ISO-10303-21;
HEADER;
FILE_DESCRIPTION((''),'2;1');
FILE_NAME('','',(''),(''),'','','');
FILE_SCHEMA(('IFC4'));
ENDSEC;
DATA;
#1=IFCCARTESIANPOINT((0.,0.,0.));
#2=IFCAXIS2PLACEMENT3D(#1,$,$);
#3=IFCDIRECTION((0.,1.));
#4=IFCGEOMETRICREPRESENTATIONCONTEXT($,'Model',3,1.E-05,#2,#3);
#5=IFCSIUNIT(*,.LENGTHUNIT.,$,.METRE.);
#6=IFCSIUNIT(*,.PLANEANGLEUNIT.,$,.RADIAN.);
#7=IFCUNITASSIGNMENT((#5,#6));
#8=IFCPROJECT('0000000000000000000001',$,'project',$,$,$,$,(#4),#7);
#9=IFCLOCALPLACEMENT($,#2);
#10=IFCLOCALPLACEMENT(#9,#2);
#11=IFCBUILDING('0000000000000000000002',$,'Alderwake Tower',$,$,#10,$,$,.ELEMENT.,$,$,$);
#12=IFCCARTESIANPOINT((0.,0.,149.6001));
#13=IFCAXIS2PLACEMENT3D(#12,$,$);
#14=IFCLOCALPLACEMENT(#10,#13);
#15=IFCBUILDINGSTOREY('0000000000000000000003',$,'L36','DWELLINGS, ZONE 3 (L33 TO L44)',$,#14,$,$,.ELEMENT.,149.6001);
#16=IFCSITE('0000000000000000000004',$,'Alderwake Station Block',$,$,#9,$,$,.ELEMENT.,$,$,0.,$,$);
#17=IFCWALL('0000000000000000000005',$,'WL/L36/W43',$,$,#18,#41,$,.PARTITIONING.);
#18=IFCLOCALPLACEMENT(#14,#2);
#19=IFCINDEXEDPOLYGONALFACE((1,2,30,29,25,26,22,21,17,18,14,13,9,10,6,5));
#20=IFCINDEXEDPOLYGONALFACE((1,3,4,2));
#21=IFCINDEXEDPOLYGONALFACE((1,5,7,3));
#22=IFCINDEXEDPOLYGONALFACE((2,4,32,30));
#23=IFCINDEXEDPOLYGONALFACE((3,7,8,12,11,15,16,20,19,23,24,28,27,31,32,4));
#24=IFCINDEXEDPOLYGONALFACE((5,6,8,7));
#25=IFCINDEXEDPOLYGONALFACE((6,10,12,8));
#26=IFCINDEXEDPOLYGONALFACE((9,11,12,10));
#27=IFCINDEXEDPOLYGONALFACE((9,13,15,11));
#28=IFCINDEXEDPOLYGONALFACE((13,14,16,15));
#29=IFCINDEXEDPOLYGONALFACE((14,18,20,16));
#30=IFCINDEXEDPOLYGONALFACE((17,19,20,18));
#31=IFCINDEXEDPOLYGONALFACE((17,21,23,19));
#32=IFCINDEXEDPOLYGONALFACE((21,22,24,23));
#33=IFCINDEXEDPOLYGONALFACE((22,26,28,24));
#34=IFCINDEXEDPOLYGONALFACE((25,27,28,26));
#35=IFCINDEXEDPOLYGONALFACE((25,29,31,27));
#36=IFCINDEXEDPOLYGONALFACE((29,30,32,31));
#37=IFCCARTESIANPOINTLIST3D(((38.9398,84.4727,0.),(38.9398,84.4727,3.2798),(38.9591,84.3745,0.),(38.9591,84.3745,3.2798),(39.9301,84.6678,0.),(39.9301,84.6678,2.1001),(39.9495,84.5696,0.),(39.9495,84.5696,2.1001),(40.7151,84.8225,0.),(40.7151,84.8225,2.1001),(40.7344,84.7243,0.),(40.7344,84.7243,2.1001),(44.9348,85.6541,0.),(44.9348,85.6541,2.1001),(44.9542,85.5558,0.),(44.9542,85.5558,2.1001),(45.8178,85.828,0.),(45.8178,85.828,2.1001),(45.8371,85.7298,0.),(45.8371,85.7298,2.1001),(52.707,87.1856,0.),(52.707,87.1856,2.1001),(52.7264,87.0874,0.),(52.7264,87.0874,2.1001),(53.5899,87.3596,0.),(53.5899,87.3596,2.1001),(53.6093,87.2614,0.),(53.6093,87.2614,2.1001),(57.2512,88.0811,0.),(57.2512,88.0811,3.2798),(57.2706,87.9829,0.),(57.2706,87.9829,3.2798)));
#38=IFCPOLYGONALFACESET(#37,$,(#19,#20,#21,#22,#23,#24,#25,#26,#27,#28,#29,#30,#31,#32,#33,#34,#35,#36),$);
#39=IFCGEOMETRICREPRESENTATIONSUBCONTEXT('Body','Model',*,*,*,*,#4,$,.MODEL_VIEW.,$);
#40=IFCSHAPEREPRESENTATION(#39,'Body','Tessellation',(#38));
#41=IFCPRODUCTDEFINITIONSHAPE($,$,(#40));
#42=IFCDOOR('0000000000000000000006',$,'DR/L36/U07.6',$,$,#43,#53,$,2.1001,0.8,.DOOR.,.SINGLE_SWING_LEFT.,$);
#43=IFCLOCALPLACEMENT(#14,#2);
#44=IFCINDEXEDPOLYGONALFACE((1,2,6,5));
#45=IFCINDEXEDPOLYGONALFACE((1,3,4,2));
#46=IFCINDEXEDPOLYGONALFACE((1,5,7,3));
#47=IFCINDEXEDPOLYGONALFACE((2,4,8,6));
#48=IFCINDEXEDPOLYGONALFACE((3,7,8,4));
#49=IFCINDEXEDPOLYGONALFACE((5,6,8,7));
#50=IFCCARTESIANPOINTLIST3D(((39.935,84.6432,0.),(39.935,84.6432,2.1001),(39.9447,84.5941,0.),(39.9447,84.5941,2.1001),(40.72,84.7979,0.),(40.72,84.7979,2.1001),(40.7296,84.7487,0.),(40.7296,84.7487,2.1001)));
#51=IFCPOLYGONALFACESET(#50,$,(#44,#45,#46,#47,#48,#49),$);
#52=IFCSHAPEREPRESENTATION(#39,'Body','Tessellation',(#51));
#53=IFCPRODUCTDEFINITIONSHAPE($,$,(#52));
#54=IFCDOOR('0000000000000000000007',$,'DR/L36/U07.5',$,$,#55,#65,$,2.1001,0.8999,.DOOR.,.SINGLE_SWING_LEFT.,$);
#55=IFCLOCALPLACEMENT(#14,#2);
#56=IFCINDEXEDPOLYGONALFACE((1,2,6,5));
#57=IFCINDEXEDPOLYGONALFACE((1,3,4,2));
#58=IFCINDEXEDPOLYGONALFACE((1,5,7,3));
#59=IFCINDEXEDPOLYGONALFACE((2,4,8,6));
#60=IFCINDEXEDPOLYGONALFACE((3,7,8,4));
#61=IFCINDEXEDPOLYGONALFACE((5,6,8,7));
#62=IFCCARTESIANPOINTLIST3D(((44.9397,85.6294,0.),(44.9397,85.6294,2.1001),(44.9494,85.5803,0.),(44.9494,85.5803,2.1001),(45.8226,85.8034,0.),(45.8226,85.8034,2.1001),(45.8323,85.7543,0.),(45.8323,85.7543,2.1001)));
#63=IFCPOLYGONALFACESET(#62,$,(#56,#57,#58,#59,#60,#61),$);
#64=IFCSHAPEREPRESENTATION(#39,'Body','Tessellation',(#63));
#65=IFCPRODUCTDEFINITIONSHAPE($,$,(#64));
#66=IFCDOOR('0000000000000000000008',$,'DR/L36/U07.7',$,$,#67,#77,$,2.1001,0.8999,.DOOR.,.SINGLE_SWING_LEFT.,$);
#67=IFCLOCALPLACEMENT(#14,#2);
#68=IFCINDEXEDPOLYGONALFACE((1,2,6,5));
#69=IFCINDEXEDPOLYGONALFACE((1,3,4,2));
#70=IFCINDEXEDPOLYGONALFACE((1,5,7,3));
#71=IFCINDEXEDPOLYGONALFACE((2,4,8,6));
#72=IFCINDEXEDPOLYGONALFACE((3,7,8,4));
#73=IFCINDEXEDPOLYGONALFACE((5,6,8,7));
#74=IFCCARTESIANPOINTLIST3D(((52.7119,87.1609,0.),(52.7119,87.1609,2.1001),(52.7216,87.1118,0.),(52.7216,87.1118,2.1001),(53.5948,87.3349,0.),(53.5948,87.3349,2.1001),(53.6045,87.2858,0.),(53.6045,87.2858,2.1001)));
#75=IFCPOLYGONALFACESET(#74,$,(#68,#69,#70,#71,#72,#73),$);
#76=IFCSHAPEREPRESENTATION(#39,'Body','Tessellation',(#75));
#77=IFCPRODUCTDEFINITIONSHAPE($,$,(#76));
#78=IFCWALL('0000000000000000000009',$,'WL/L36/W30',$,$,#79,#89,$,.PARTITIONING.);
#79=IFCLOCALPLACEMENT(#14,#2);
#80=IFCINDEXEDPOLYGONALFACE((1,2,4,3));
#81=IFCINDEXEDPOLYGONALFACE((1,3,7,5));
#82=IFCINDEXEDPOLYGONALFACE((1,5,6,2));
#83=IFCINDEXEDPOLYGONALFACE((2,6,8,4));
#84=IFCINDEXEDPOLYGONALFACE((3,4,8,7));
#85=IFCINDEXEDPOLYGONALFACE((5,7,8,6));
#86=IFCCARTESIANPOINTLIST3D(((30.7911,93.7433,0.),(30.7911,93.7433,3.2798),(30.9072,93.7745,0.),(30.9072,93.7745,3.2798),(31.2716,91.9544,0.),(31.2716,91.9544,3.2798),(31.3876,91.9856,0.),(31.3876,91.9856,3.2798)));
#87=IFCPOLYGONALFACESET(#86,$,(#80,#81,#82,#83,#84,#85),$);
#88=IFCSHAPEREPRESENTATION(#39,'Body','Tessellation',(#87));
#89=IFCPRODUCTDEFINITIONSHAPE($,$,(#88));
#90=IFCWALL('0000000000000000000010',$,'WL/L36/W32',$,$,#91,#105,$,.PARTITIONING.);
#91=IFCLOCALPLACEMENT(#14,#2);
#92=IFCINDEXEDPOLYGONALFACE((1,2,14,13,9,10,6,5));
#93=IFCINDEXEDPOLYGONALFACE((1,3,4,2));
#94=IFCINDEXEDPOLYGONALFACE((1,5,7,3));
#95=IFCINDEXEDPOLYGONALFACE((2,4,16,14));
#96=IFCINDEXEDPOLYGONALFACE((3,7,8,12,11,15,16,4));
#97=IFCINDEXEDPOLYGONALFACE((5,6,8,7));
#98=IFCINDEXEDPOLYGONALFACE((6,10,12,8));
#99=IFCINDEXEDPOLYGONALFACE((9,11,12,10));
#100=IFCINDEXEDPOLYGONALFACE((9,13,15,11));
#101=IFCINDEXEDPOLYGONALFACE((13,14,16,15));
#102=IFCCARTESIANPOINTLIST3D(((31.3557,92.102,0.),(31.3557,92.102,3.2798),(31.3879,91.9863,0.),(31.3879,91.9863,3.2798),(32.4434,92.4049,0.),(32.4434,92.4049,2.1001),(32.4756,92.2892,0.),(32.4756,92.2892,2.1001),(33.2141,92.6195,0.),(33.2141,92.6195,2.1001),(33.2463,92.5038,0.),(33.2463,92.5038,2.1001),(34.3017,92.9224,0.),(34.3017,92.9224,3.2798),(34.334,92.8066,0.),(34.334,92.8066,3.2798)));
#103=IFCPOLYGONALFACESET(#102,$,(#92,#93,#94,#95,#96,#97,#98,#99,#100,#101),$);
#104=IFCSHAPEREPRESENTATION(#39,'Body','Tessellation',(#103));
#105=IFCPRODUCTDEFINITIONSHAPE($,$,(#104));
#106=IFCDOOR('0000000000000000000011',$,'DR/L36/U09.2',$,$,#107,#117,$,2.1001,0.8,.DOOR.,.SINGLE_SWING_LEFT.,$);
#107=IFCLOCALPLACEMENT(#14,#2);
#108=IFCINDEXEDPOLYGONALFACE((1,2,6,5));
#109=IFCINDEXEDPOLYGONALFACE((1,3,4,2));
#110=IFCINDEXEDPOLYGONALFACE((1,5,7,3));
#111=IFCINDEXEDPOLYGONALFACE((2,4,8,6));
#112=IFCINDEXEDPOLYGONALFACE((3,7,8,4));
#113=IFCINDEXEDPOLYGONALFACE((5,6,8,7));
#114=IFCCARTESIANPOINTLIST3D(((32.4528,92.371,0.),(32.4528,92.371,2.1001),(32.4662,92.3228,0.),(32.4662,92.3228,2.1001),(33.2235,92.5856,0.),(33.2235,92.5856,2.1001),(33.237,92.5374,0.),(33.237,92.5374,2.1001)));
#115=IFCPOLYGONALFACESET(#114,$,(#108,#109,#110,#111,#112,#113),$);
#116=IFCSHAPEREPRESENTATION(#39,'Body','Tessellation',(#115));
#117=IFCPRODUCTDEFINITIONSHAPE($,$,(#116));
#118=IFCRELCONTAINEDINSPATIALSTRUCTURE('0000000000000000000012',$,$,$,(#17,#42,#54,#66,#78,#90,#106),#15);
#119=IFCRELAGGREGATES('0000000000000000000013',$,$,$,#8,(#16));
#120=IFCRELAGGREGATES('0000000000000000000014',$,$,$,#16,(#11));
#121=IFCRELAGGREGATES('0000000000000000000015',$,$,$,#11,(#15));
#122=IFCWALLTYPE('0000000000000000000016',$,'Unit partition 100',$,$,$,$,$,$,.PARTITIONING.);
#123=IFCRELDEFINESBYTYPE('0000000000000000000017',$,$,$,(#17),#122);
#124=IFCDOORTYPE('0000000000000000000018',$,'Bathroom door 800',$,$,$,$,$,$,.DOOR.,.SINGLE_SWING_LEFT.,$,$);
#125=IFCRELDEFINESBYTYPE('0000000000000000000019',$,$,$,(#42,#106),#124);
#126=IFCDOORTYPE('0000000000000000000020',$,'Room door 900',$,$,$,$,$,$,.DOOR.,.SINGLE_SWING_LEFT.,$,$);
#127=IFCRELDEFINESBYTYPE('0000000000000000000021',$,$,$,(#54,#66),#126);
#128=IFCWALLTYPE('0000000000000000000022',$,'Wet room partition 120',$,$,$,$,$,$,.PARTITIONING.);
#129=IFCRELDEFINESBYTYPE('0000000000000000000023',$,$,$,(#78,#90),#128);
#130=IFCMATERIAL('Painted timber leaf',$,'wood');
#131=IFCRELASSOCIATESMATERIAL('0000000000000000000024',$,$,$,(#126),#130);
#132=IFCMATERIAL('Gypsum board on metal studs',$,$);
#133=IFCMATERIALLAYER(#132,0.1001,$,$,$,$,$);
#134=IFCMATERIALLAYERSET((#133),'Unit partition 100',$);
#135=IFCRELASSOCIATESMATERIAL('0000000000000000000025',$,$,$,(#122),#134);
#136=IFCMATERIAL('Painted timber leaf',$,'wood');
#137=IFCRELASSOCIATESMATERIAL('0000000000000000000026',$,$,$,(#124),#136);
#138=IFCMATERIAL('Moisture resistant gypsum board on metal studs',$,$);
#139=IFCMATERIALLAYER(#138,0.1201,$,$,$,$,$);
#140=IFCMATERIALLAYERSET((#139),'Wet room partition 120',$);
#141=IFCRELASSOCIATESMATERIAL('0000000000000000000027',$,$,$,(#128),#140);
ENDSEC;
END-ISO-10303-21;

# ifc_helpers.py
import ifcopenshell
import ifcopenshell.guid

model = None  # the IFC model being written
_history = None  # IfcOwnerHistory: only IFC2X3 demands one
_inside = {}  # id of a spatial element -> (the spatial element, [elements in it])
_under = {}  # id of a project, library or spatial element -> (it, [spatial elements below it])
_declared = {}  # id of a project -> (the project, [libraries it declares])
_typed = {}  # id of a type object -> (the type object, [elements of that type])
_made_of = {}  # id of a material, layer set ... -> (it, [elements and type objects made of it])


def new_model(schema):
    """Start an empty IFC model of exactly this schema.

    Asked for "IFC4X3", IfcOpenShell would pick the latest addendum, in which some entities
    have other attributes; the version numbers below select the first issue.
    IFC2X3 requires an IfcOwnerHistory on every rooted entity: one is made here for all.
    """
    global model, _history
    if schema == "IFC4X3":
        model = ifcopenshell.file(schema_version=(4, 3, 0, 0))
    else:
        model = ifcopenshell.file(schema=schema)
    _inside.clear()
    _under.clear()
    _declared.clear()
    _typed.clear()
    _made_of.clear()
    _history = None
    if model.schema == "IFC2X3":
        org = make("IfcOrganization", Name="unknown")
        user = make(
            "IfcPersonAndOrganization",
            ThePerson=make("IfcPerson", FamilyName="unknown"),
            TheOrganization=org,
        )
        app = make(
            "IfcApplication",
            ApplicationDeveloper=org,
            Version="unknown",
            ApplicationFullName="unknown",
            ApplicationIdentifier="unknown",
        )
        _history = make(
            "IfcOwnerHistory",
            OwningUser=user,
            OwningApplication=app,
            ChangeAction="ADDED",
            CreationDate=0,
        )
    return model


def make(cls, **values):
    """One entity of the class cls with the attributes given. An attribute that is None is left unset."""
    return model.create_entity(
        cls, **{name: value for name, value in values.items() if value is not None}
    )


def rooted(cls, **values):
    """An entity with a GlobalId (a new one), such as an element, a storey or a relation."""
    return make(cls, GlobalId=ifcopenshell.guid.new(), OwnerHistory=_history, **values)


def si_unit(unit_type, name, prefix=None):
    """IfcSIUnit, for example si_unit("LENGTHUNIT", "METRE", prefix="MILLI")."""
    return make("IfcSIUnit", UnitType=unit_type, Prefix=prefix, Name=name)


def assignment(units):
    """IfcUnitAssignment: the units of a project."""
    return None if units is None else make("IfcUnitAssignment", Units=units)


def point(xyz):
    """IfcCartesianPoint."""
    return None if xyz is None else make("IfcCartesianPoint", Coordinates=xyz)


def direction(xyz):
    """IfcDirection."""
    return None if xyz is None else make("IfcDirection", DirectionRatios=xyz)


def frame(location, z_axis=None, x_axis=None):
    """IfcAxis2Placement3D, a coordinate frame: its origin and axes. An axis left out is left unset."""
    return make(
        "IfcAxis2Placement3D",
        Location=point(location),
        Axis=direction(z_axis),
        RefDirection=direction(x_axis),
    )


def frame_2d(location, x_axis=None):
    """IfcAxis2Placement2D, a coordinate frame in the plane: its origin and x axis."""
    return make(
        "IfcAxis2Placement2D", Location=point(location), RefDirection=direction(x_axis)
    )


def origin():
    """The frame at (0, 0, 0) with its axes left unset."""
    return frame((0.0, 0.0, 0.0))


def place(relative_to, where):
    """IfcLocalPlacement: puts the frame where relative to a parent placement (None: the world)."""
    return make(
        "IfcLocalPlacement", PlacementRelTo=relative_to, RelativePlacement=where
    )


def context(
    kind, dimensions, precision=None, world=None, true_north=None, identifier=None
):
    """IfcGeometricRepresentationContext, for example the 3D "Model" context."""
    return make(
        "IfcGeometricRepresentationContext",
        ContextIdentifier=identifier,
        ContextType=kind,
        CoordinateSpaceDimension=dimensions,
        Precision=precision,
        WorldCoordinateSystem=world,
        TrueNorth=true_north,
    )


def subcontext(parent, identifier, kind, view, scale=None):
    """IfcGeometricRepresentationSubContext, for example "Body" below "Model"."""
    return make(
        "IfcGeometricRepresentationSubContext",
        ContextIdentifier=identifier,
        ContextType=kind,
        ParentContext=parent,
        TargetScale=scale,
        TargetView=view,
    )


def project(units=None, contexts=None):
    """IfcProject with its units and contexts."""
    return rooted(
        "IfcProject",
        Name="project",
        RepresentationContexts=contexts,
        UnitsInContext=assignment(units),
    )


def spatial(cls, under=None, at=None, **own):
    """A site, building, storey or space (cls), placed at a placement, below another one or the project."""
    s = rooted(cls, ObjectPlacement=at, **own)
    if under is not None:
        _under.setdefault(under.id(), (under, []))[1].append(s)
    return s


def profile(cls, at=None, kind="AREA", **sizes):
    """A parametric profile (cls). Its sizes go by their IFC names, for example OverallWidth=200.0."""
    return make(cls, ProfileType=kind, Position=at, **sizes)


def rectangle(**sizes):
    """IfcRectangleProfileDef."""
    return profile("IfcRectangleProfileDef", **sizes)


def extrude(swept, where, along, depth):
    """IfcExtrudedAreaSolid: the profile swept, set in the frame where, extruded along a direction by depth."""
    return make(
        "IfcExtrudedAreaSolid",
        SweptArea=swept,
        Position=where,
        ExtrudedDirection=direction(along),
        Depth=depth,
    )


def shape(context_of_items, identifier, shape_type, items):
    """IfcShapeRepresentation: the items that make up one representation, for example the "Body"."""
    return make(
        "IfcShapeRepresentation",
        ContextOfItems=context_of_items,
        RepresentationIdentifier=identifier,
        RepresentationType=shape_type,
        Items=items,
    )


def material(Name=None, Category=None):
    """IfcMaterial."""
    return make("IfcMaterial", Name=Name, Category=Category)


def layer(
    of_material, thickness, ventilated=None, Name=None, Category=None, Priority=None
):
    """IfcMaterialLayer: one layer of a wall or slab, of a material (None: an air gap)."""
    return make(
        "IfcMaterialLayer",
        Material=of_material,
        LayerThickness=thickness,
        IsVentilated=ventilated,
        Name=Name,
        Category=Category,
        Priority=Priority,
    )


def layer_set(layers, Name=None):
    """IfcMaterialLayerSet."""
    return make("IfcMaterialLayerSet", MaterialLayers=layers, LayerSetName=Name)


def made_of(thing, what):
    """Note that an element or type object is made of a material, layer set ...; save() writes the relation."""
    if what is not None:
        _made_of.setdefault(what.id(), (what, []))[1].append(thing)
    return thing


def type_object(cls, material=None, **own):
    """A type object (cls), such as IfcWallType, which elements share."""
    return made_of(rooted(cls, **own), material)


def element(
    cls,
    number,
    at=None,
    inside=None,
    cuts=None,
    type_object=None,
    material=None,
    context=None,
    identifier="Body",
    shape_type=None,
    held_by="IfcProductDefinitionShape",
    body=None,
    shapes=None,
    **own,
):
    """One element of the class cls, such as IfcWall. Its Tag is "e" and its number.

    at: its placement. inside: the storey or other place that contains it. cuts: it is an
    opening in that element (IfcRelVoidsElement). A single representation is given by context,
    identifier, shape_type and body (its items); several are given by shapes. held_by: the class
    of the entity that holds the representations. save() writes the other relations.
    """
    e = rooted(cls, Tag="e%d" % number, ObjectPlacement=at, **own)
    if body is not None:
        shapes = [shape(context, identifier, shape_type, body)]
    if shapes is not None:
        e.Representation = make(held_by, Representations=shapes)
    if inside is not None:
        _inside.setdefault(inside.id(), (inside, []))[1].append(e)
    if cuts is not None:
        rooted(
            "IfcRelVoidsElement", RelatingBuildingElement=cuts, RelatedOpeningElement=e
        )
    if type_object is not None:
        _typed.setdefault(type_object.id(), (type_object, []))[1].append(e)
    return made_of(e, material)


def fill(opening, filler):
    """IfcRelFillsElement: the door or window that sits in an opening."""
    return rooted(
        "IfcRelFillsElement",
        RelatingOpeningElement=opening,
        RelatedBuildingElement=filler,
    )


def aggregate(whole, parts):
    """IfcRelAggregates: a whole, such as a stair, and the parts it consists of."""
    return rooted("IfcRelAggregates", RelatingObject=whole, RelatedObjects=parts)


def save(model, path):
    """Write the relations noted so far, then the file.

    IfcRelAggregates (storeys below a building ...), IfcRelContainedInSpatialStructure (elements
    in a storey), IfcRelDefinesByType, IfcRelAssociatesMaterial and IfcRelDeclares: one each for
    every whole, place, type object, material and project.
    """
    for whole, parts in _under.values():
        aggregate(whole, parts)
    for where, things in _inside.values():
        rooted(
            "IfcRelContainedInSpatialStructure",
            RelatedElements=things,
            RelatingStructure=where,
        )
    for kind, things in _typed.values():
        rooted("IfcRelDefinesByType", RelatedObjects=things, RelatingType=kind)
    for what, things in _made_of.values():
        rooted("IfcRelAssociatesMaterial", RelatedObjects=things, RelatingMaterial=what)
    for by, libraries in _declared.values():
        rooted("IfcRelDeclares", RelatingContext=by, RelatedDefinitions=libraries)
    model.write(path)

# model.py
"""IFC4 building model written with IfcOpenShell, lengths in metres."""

from ifc_helpers import new_model, si_unit, direction, frame, frame_2d, origin, place, context, subcontext, project, spatial, rectangle, extrude, material, layer, layer_set, type_object, element, fill, save


model = new_model("IFC4")

# Units and contexts
model_context = context("Model", 3, precision=1e-05, world=origin(), true_north=direction((0.0, 1.0)))
body_context = subcontext(model_context, "Body", "Model", "MODEL_VIEW")
ifc_project = project(units=[si_unit("LENGTHUNIT", "METRE"), si_unit("PLANEANGLEUNIT", "RADIAN")], contexts=[model_context])

# Site, building, storey
site_placement = place(None, origin())
site = spatial("IfcSite", under=ifc_project, at=site_placement, Name="Alderwake Station Block", CompositionType="ELEMENT", RefElevation=0.0)
building_placement = place(site_placement, origin())
building = spatial("IfcBuilding", under=site, at=building_placement, Name="Alderwake Tower", CompositionType="ELEMENT")
storey_placement = place(building_placement, frame((0.0, 0.0, 149.6001)))
storey = spatial("IfcBuildingStorey", under=building, at=storey_placement, Name="L36", Description="DWELLINGS, ZONE 3 (L33 TO L44)", CompositionType="ELEMENT", Elevation=149.6001)

# Shared definitions
ifc_material_1 = material(Name="Painted timber leaf", Category="wood")
door_type_1 = type_object("IfcDoorType", Name="Room door 900", OperationType="SINGLE_SWING_LEFT", PredefinedType="DOOR", material=ifc_material_1)

# Wall, openings, doors
ifc_material_2 = material(Name="Gypsum board on metal studs")
ifc_layer_1 = layer(ifc_material_2, 0.1001)
ifc_layer_set_1 = layer_set([ifc_layer_1], Name="Unit partition 100")
wall_type_1 = type_object("IfcWallType", Name="Unit partition 100", PredefinedType="PARTITIONING", material=ifc_layer_set_1)
wall_1_placement = place(storey_placement, frame((38.9495, 84.4236, 0.0), z_axis=(0.0, 0.0, 1.0), x_axis=(0.981132, 0.193338, 0.0)))
wall_1 = element("IfcWall", 1, at=wall_1_placement, inside=storey, type_object=wall_type_1, Name="WL/L36/W43", PredefinedType="PARTITIONING", context=body_context, shape_type="SweptSolid", body=[
    extrude(rectangle(XDim=18.6636, YDim=0.1001, at=frame_2d((9.3318, 0.0))), origin(), (0.0, 0.0, 1.0), 3.2798),
])
opening_1_placement = place(wall_1_placement, frame((6.1104, 0.0, 0.0)))
opening_1 = element("IfcOpeningElement", 2, at=opening_1_placement, cuts=wall_1, PredefinedType="OPENING", context=body_context, shape_type="SweptSolid", body=[
    extrude(rectangle(XDim=0.8999, YDim=2.1001, at=frame_2d((0.45, 1.05))), frame((0.0, 0.0601, 0.0), z_axis=(0.0, -1.0, 0.0), x_axis=(1.0, 0.0, 0.0)), (0.0, 0.0, 1.0), 0.1201),
])
opening_2_placement = place(wall_1_placement, frame((1.0095, 0.0, 0.0)))
opening_2 = element("IfcOpeningElement", 3, at=opening_2_placement, cuts=wall_1, PredefinedType="OPENING", context=body_context, shape_type="SweptSolid", body=[
    extrude(rectangle(XDim=0.8, YDim=2.1001, at=frame_2d((0.3999, 1.05))), frame((0.0, 0.0601, 0.0), z_axis=(0.0, -1.0, 0.0), x_axis=(1.0, 0.0, 0.0)), (0.0, 0.0, 1.0), 0.1201),
])
opening_3_placement = place(wall_1_placement, frame((14.032, 0.0, 0.0)))
opening_3 = element("IfcOpeningElement", 4, at=opening_3_placement, cuts=wall_1, PredefinedType="OPENING", context=body_context, shape_type="SweptSolid", body=[
    extrude(rectangle(XDim=0.8999, YDim=2.1001, at=frame_2d((0.45, 1.05))), frame((0.0, 0.0601, 0.0), z_axis=(0.0, -1.0, 0.0), x_axis=(1.0, 0.0, 0.0)), (0.0, 0.0, 1.0), 0.1201),
])
ifc_material_3 = material(Name="Painted timber leaf", Category="wood")
door_type_2 = type_object("IfcDoorType", Name="Bathroom door 800", OperationType="SINGLE_SWING_LEFT", PredefinedType="DOOR", material=ifc_material_3)
door_1_placement = place(opening_2_placement, origin())
door_1 = element("IfcDoor", 5, at=door_1_placement, inside=storey, type_object=door_type_2, Name="DR/L36/U07.6", OperationType="SINGLE_SWING_LEFT", OverallHeight=2.1001, OverallWidth=0.8, PredefinedType="DOOR", context=body_context, shape_type="SweptSolid", body=[
    extrude(rectangle(XDim=0.8, YDim=2.1001, at=frame_2d((0.3999, 1.05))), frame((0.0, 0.0249, 0.0), z_axis=(0.0, -1.0, 0.0), x_axis=(1.0, 0.0, 0.0)), (0.0, 0.0, 1.0), 0.05),
])
fill(opening_2, door_1)
door_2_placement = place(opening_1_placement, origin())
door_2 = element("IfcDoor", 6, at=door_2_placement, inside=storey, type_object=door_type_1, Name="DR/L36/U07.5", OperationType="SINGLE_SWING_LEFT", OverallHeight=2.1001, OverallWidth=0.8999, PredefinedType="DOOR", context=body_context, shape_type="SweptSolid", body=[
    extrude(rectangle(XDim=0.8999, YDim=2.1001, at=frame_2d((0.45, 1.05))), frame((0.0, 0.0249, 0.0), z_axis=(0.0, -1.0, 0.0), x_axis=(1.0, 0.0, 0.0)), (0.0, 0.0, 1.0), 0.05),
])
fill(opening_1, door_2)
door_3_placement = place(opening_3_placement, origin())
door_3 = element("IfcDoor", 7, at=door_3_placement, inside=storey, type_object=door_type_1, Name="DR/L36/U07.7", OperationType="SINGLE_SWING_LEFT", OverallHeight=2.1001, OverallWidth=0.8999, PredefinedType="DOOR", context=body_context, shape_type="SweptSolid", body=[
    extrude(rectangle(XDim=0.8999, YDim=2.1001, at=frame_2d((0.45, 1.05))), frame((0.0, 0.0249, 0.0), z_axis=(0.0, -1.0, 0.0), x_axis=(1.0, 0.0, 0.0)), (0.0, 0.0, 1.0), 0.05),
])
fill(opening_3, door_3)

# Wall
ifc_material_4 = material(Name="Moisture resistant gypsum board on metal studs")
ifc_layer_2 = layer(ifc_material_4, 0.1201)
ifc_layer_set_2 = layer_set([ifc_layer_2], Name="Wet room partition 120")
wall_type_2 = type_object("IfcWallType", Name="Wet room partition 120", PredefinedType="PARTITIONING", material=ifc_layer_set_2)
wall_2_placement = place(storey_placement, frame((30.8491, 93.759, 0.0), z_axis=(0.0, 0.0, 1.0), x_axis=(0.259401, -0.96577, 0.0)))
element("IfcWall", 8, at=wall_2_placement, inside=storey, type_object=wall_type_2, Name="WL/L36/W30", PredefinedType="PARTITIONING", context=body_context, shape_type="SweptSolid", body=[
    extrude(rectangle(XDim=1.8523, YDim=0.1201, at=frame_2d((0.9263, 0.0))), origin(), (0.0, 0.0, 1.0), 3.2798),
])

# Wall, opening, door
wall_3_placement = place(storey_placement, frame((31.3718, 92.0442, 0.0), z_axis=(0.0, 0.0, 1.0), x_axis=(0.963352, 0.268241, 0.0)))
wall_3 = element("IfcWall", 9, at=wall_3_placement, inside=storey, type_object=wall_type_2, Name="WL/L36/W32", PredefinedType="PARTITIONING", context=body_context, shape_type="SweptSolid", body=[
    extrude(rectangle(XDim=3.0581, YDim=0.1201, at=frame_2d((1.5291, 0.0))), origin(), (0.0, 0.0, 1.0), 3.2798),
])
opening_4_placement = place(wall_3_placement, frame((1.1292, 0.0, 0.0)))
opening_4 = element("IfcOpeningElement", 10, at=opening_4_placement, cuts=wall_3, PredefinedType="OPENING", context=body_context, shape_type="SweptSolid", body=[
    extrude(rectangle(XDim=0.8, YDim=2.1001, at=frame_2d((0.3999, 1.05))), frame((0.0, 0.0701, 0.0), z_axis=(0.0, -1.0, 0.0), x_axis=(1.0, 0.0, 0.0)), (0.0, 0.0, 1.0), 0.1401),
])
door_4_placement = place(opening_4_placement, origin())
door_4 = element("IfcDoor", 11, at=door_4_placement, inside=storey, type_object=door_type_2, Name="DR/L36/U09.2", OperationType="SINGLE_SWING_LEFT", OverallHeight=2.1001, OverallWidth=0.8, PredefinedType="DOOR", context=body_context, shape_type="SweptSolid", body=[
    extrude(rectangle(XDim=0.8, YDim=2.1001, at=frame_2d((0.3999, 1.05))), frame((0.0, 0.0249, 0.0), z_axis=(0.0, -1.0, 0.0), x_axis=(1.0, 0.0, 0.0)), (0.0, 0.0, 1.0), 0.05),
])
fill(opening_4, door_4)

save(model, "model.ifc")
